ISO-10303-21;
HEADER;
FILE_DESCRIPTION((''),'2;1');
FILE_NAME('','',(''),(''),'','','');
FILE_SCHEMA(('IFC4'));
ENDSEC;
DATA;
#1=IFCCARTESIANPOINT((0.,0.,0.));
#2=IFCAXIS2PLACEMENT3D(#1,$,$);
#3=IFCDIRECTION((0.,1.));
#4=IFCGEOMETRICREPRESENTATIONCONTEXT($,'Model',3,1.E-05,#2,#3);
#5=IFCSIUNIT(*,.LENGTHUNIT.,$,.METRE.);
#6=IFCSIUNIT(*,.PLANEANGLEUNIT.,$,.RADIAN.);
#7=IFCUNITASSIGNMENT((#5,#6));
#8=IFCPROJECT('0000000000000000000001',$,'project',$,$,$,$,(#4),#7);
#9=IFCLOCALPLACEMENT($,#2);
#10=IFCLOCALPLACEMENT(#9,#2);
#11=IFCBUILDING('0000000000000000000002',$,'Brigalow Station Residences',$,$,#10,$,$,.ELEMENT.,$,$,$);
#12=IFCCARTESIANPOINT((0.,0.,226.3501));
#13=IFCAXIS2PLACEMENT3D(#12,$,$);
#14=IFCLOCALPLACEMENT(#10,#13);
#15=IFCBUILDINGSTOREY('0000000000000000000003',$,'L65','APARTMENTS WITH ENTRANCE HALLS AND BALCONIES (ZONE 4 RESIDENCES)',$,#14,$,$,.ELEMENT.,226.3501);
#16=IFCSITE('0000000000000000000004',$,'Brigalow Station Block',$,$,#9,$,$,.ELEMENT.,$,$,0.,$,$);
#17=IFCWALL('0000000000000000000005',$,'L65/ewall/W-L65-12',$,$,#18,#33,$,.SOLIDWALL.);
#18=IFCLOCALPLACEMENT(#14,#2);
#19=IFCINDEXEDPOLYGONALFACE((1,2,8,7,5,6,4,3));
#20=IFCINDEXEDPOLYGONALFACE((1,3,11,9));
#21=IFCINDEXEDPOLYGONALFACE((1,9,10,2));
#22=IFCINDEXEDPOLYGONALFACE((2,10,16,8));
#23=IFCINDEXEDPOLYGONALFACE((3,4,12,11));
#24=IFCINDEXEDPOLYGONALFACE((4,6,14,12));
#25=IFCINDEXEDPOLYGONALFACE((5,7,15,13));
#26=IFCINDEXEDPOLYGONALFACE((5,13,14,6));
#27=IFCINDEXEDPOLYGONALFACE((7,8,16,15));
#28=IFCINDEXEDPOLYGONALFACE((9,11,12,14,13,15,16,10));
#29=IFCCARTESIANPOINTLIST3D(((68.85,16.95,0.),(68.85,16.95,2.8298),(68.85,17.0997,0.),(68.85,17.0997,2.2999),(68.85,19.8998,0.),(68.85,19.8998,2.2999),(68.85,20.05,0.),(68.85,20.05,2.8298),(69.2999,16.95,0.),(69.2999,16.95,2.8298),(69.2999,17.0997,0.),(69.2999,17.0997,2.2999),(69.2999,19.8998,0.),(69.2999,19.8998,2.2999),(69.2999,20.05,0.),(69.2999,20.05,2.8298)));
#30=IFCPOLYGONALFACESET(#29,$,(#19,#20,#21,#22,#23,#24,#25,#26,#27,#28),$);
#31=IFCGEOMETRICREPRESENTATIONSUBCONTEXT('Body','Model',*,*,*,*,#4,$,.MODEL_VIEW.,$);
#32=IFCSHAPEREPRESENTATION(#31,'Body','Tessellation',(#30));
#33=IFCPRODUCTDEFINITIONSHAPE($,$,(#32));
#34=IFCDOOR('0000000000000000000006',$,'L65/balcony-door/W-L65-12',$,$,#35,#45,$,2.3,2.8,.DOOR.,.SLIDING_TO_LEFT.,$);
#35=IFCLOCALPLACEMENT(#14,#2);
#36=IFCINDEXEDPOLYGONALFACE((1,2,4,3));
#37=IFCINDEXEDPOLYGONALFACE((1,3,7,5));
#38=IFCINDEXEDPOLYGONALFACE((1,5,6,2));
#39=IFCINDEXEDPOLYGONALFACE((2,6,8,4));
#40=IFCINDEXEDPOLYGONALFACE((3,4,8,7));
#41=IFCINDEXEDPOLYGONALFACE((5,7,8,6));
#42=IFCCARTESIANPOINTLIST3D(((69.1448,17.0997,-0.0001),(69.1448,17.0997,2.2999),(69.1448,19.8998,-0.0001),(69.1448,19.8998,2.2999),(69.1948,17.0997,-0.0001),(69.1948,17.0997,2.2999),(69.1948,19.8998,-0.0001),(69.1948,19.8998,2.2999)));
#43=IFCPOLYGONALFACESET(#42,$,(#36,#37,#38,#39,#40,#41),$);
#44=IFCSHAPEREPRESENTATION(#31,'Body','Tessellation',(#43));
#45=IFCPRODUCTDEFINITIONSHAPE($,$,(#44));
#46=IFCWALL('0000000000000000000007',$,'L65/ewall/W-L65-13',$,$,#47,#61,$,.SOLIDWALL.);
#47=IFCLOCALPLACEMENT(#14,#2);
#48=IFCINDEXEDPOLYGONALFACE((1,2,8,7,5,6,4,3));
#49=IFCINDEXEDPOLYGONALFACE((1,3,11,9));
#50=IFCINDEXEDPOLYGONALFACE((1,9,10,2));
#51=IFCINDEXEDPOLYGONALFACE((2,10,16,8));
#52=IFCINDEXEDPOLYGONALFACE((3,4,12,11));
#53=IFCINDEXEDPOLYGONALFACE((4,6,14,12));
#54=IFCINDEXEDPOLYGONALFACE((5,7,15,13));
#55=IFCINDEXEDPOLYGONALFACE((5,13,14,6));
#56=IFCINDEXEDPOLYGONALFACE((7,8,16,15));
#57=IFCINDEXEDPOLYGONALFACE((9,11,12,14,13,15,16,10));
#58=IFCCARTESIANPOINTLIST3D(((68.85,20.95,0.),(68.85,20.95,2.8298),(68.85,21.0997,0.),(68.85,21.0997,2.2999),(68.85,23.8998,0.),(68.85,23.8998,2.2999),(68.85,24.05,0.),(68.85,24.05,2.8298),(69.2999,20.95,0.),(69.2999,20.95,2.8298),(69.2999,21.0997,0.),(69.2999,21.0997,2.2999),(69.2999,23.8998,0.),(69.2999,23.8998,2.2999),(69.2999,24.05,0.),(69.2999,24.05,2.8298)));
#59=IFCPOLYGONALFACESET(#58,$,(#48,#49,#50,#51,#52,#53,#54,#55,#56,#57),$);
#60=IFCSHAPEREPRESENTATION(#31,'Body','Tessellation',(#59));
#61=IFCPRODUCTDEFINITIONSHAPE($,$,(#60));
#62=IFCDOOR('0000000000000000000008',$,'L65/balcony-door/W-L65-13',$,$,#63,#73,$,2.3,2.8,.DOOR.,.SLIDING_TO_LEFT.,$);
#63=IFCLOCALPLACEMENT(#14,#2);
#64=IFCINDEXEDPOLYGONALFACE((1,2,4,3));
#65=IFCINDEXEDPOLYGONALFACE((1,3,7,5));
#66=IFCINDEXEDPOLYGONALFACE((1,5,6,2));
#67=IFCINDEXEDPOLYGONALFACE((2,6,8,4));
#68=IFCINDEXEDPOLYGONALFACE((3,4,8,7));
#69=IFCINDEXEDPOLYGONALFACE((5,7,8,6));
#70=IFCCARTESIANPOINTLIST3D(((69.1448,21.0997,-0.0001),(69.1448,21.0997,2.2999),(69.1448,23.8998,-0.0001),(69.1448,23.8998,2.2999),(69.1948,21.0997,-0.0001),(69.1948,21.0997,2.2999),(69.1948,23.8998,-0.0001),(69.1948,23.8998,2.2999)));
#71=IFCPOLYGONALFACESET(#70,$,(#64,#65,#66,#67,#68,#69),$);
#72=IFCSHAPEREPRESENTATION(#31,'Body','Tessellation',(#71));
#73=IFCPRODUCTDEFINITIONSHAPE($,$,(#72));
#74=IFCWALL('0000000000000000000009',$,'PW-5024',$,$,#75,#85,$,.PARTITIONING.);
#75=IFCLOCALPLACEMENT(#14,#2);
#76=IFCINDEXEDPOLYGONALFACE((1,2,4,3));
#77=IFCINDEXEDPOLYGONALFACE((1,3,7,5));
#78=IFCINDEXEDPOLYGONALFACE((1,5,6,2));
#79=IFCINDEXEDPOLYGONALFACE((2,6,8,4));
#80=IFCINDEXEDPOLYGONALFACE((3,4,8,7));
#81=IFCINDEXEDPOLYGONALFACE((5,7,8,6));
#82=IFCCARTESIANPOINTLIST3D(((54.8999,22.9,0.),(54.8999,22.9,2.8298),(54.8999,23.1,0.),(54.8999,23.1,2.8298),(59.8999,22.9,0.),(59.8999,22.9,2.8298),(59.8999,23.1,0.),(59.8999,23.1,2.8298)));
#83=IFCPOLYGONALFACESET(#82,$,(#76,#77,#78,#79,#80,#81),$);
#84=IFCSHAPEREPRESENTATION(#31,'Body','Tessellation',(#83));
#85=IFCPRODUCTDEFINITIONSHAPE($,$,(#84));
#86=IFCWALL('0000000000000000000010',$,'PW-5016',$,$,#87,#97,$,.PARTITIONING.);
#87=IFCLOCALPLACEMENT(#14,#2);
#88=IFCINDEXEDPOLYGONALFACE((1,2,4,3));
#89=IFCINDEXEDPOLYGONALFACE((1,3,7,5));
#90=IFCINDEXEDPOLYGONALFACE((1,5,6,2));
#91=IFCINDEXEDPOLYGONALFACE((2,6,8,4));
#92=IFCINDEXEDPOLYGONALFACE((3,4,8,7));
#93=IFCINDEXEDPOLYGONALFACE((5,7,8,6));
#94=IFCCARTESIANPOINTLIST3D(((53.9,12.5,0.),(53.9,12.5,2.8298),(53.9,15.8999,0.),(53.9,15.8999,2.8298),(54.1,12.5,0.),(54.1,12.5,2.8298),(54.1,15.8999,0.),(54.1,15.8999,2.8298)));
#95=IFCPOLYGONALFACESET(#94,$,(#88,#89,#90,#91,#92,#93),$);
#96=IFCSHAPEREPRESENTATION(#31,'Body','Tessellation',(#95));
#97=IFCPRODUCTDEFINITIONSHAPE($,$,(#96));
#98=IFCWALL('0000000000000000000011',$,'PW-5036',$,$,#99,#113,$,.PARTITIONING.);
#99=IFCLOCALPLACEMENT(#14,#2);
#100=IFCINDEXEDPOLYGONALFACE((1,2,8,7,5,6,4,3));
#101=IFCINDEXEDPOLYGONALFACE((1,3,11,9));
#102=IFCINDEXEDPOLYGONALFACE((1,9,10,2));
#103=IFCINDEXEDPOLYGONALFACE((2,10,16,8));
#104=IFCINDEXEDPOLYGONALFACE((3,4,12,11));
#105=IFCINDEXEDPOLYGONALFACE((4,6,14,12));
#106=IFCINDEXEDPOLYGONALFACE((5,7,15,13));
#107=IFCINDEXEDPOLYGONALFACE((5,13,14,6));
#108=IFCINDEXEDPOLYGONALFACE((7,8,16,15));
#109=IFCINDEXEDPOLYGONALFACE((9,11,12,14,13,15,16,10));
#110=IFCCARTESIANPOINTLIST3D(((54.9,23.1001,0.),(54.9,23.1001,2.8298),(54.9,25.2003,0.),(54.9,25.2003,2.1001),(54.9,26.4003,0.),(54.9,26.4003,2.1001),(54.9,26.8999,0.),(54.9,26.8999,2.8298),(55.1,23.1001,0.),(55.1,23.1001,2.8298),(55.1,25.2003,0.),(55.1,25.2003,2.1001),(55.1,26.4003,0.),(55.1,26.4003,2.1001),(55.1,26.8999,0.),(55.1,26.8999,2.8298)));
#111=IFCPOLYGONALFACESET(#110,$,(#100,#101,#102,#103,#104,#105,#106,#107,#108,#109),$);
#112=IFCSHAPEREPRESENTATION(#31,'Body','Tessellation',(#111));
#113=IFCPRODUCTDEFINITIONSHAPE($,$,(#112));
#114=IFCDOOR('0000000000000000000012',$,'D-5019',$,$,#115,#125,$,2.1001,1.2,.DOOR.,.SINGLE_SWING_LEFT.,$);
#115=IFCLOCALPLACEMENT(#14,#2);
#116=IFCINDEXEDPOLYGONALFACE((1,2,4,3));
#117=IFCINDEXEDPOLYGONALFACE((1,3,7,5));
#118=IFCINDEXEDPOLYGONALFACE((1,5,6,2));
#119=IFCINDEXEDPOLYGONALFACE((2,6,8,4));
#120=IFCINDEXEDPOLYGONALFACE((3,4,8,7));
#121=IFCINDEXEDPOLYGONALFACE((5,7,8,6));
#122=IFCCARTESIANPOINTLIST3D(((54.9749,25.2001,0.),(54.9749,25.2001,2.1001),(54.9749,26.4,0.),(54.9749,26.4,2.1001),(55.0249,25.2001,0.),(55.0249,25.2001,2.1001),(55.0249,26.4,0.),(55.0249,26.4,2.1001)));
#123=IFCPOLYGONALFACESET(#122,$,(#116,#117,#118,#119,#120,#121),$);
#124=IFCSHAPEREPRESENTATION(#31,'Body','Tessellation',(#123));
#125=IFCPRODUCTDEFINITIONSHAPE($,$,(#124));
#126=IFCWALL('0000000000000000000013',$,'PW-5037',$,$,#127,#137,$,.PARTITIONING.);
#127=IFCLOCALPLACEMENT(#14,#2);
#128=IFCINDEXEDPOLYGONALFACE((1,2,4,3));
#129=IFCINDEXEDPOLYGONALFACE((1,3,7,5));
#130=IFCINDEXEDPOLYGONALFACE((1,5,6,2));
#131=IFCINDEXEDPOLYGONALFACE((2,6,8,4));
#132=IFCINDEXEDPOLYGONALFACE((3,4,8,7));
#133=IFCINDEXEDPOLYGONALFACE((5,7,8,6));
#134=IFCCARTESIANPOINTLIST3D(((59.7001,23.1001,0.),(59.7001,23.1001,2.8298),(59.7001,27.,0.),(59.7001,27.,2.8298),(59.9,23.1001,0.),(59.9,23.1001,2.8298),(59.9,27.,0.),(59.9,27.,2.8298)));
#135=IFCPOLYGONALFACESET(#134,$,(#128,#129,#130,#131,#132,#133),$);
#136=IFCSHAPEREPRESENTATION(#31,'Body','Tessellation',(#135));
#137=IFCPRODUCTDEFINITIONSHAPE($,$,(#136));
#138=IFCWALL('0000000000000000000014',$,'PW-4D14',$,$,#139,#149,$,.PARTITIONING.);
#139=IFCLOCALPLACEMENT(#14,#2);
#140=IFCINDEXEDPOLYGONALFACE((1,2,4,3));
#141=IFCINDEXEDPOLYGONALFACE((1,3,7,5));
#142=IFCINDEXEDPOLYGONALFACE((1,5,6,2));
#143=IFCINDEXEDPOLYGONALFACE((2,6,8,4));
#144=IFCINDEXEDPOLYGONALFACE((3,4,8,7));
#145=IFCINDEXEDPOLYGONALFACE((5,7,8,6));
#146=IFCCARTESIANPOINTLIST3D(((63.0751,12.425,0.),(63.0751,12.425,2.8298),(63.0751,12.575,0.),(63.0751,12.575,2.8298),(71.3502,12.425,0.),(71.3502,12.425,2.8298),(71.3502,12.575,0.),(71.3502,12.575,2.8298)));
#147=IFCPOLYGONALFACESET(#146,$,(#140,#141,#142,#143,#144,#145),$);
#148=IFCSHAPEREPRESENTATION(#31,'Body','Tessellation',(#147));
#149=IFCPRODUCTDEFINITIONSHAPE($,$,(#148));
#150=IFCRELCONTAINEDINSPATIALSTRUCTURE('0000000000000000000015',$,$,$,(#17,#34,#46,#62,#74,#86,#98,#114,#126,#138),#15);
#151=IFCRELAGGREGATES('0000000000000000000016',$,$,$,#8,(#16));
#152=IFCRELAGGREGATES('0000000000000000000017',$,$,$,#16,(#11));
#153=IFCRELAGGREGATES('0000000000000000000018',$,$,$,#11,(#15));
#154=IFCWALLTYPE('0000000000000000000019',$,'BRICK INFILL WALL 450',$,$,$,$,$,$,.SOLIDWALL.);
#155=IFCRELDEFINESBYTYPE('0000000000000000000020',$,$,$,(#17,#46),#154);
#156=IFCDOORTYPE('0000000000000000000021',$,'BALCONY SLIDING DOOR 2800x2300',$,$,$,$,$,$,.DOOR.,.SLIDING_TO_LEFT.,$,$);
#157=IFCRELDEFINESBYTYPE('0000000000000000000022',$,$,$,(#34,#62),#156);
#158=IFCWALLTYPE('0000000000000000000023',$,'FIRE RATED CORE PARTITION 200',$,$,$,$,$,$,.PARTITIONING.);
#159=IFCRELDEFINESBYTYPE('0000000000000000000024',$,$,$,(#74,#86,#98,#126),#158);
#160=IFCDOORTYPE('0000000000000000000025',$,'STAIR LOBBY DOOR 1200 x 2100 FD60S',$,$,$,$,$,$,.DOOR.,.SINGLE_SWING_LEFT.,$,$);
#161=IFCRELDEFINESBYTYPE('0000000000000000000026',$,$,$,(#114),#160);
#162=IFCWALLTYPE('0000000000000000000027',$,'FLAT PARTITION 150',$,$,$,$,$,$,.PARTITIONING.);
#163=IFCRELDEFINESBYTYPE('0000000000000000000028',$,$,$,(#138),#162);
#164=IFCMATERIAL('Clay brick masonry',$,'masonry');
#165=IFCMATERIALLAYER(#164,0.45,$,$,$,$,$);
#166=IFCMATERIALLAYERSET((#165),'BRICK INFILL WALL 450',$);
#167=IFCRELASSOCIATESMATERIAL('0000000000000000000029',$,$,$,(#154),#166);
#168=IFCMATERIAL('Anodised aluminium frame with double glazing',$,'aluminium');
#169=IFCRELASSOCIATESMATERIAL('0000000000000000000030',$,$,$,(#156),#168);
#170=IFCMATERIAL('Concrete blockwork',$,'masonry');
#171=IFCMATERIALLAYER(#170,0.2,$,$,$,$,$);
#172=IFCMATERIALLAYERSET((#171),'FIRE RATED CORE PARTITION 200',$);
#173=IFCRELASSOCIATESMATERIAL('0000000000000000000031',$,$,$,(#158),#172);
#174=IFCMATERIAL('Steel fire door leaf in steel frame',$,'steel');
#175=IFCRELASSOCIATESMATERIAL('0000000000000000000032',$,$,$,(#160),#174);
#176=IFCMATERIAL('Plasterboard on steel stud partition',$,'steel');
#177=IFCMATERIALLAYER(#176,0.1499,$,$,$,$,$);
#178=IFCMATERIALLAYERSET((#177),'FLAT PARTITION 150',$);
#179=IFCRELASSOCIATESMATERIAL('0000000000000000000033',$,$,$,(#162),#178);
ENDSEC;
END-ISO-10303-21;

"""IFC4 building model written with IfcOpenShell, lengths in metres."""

from ifc_helpers import new_model, si_unit, direction, frame, frame_2d, origin, place, context, subcontext, project, spatial, rectangle, extrude, material, layer, layer_set, type_object, element, fill, save


model = new_model("IFC4")

# Units and contexts
model_context = context("Model", 3, precision=1e-05, world=origin(), true_north=direction((0.0, 1.0)))
body_context = subcontext(model_context, "Body", "Model", "MODEL_VIEW")
ifc_project = project(units=[si_unit("LENGTHUNIT", "METRE"), si_unit("PLANEANGLEUNIT", "RADIAN")], contexts=[model_context])

# Site, building, storey
site_placement = place(None, origin())
site = spatial("IfcSite", under=ifc_project, at=site_placement, Name="Brigalow Station Block", CompositionType="ELEMENT", RefElevation=0.0)
building_placement = place(site_placement, origin())
building = spatial("IfcBuilding", under=site, at=building_placement, Name="Brigalow Station Residences", CompositionType="ELEMENT")
storey_placement = place(building_placement, frame((0.0, 0.0, 226.3501)))
storey = spatial("IfcBuildingStorey", under=building, at=storey_placement, Name="L65", Description="APARTMENTS WITH ENTRANCE HALLS AND BALCONIES (ZONE 4 RESIDENCES)", CompositionType="ELEMENT", Elevation=226.3501)

# Shared definitions
ifc_material_1 = material(Name="Clay brick masonry", Category="masonry")
ifc_layer_1 = layer(ifc_material_1, 0.45)
ifc_layer_set_1 = layer_set([ifc_layer_1], Name="BRICK INFILL WALL 450")
wall_type_1 = type_object("IfcWallType", Name="BRICK INFILL WALL 450", PredefinedType="SOLIDWALL", material=ifc_layer_set_1)

# Walls, openings, doors
wall_1_placement = place(storey_placement, frame((69.075, 16.95, 0.0), z_axis=(0.0, 0.0, 1.0), x_axis=(0.0, 1.0, 0.0)))
wall_1 = element("IfcWall", 1, at=wall_1_placement, inside=storey, type_object=wall_type_1, Name="L65/ewall/W-L65-12", PredefinedType="SOLIDWALL", context=body_context, shape_type="SweptSolid", body=[
    extrude(rectangle(XDim=3.1001, YDim=0.45, at=frame_2d((1.55, 0.0))), origin(), (0.0, 0.0, 1.0), 2.8298),
])
opening_1_placement = place(wall_1_placement, frame((0.1499, 0.0, 0.0)))
opening_1 = element("IfcOpeningElement", 2, at=opening_1_placement, cuts=wall_1, PredefinedType="OPENING", context=body_context, shape_type="SweptSolid", body=[
    extrude(rectangle(XDim=2.8, YDim=2.3, at=frame_2d((1.3999, 1.1499))), frame((0.0, 0.2349, 0.0), z_axis=(0.0, -1.0, 0.0), x_axis=(1.0, 0.0, 0.0)), (0.0, 0.0, 1.0), 0.47),
])
ifc_material_2 = material(Name="Anodised aluminium frame with double glazing", Category="aluminium")
door_type_1 = type_object("IfcDoorType", Name="BALCONY SLIDING DOOR 2800x2300", OperationType="SLIDING_TO_LEFT", PredefinedType="DOOR", material=ifc_material_2)
door_1_placement = place(opening_1_placement, origin())
door_1 = element("IfcDoor", 3, at=door_1_placement, inside=storey, type_object=door_type_1, Name="L65/balcony-door/W-L65-12", OperationType="SLIDING_TO_LEFT", OverallHeight=2.3, OverallWidth=2.8, PredefinedType="DOOR", context=body_context, shape_type="SweptSolid", body=[
    extrude(rectangle(XDim=2.8, YDim=2.3, at=frame_2d((1.3999, 1.1499))), frame((0.0, -0.0698, 0.0), z_axis=(0.0, -1.0, 0.0), x_axis=(1.0, 0.0, 0.0)), (0.0, 0.0, 1.0), 0.05),
])
fill(opening_1, door_1)
wall_2_placement = place(storey_placement, frame((69.075, 20.95, 0.0), z_axis=(0.0, 0.0, 1.0), x_axis=(0.0, 1.0, 0.0)))
wall_2 = element("IfcWall", 4, at=wall_2_placement, inside=storey, type_object=wall_type_1, Name="L65/ewall/W-L65-13", PredefinedType="SOLIDWALL", context=body_context, shape_type="SweptSolid", body=[
    extrude(rectangle(XDim=3.1001, YDim=0.45, at=frame_2d((1.55, 0.0))), origin(), (0.0, 0.0, 1.0), 2.8298),
])
opening_2_placement = place(wall_2_placement, frame((0.1499, 0.0, 0.0)))
opening_2 = element("IfcOpeningElement", 5, at=opening_2_placement, cuts=wall_2, PredefinedType="OPENING", context=body_context, shape_type="SweptSolid", body=[
    extrude(rectangle(XDim=2.8, YDim=2.3, at=frame_2d((1.3999, 1.1499))), frame((0.0, 0.2349, 0.0), z_axis=(0.0, -1.0, 0.0), x_axis=(1.0, 0.0, 0.0)), (0.0, 0.0, 1.0), 0.47),
])
door_2_placement = place(opening_2_placement, origin())
door_2 = element("IfcDoor", 6, at=door_2_placement, inside=storey, type_object=door_type_1, Name="L65/balcony-door/W-L65-13", OperationType="SLIDING_TO_LEFT", OverallHeight=2.3, OverallWidth=2.8, PredefinedType="DOOR", context=body_context, shape_type="SweptSolid", body=[
    extrude(rectangle(XDim=2.8, YDim=2.3, at=frame_2d((1.3999, 1.1499))), frame((0.0, -0.0698, 0.0), z_axis=(0.0, -1.0, 0.0), x_axis=(1.0, 0.0, 0.0)), (0.0, 0.0, 1.0), 0.05),
])
fill(opening_2, door_2)

# Walls
ifc_material_3 = material(Name="Concrete blockwork", Category="masonry")
ifc_layer_2 = layer(ifc_material_3, 0.2)
ifc_layer_set_2 = layer_set([ifc_layer_2], Name="FIRE RATED CORE PARTITION 200")
wall_type_2 = type_object("IfcWallType", Name="FIRE RATED CORE PARTITION 200", PredefinedType="PARTITIONING", material=ifc_layer_set_2)
wall_3_placement = place(storey_placement, frame((54.8999, 23.0, 0.0), z_axis=(0.0, 0.0, 1.0), x_axis=(1.0, 0.0, 0.0)))
element("IfcWall", 7, at=wall_3_placement, inside=storey, type_object=wall_type_2, Name="PW-5024", PredefinedType="PARTITIONING", context=body_context, shape_type="SweptSolid", body=[
    extrude(rectangle(XDim=5.0, YDim=0.2, at=frame_2d((2.5, 0.0))), origin(), (0.0, 0.0, 1.0), 2.8298),
])
wall_4_placement = place(storey_placement, frame((54.0, 12.5, 0.0), z_axis=(0.0, 0.0, 1.0), x_axis=(0.0, 1.0, 0.0)))
element("IfcWall", 8, at=wall_4_placement, inside=storey, type_object=wall_type_2, Name="PW-5016", PredefinedType="PARTITIONING", context=body_context, shape_type="SweptSolid", body=[
    extrude(rectangle(XDim=3.3999, YDim=0.2, at=frame_2d((1.7, 0.0))), origin(), (0.0, 0.0, 1.0), 2.8298),
])

# Wall, opening, door
wall_5_placement = place(storey_placement, frame((55.0, 23.1001, 0.0), z_axis=(0.0, 0.0, 1.0), x_axis=(0.0, 1.0, 0.0)))
wall_5 = element("IfcWall", 9, at=wall_5_placement, inside=storey, type_object=wall_type_2, Name="PW-5036", PredefinedType="PARTITIONING", context=body_context, shape_type="SweptSolid", body=[
    extrude(rectangle(XDim=3.7998, YDim=0.2, at=frame_2d((1.8999, 0.0))), origin(), (0.0, 0.0, 1.0), 2.8298),
])
opening_3_placement = place(wall_5_placement, frame((2.1001, 0.0, 0.0)))
opening_3 = element("IfcOpeningElement", 10, at=opening_3_placement, cuts=wall_5, PredefinedType="OPENING", context=body_context, shape_type="SweptSolid", body=[
    extrude(rectangle(XDim=1.2, YDim=2.1001, at=frame_2d((0.6001, 1.05))), frame((0.0, 0.1099, 0.0), z_axis=(0.0, -1.0, 0.0), x_axis=(1.0, 0.0, 0.0)), (0.0, 0.0, 1.0), 0.22),
])
ifc_material_4 = material(Name="Steel fire door leaf in steel frame", Category="steel")
door_type_2 = type_object("IfcDoorType", Name="STAIR LOBBY DOOR 1200 x 2100 FD60S", OperationType="SINGLE_SWING_LEFT", PredefinedType="DOOR", material=ifc_material_4)
door_3_placement = place(opening_3_placement, frame((1.2, 0.0, 0.0), z_axis=(0.0, 0.0, 1.0), x_axis=(-1.0, 0.0, 0.0)))
door_3 = element("IfcDoor", 11, at=door_3_placement, inside=storey, type_object=door_type_2, Name="D-5019", OperationType="SINGLE_SWING_LEFT", OverallHeight=2.1001, OverallWidth=1.2, PredefinedType="DOOR", context=body_context, shape_type="SweptSolid", body=[
    extrude(rectangle(XDim=1.2, YDim=2.1001, at=frame_2d((0.6001, 1.05))), frame((0.0, 0.0249, 0.0), z_axis=(0.0, -1.0, 0.0), x_axis=(1.0, 0.0, 0.0)), (0.0, 0.0, 1.0), 0.05),
])
fill(opening_3, door_3)

# Walls
wall_6_placement = place(storey_placement, frame((59.8, 23.1001, 0.0), z_axis=(0.0, 0.0, 1.0), x_axis=(0.0, 1.0, 0.0)))
element("IfcWall", 12, at=wall_6_placement, inside=storey, type_object=wall_type_2, Name="PW-5037", PredefinedType="PARTITIONING", context=body_context, shape_type="SweptSolid", body=[
    extrude(rectangle(XDim=3.8999, YDim=0.2, at=frame_2d((1.95, 0.0))), origin(), (0.0, 0.0, 1.0), 2.8298),
])
ifc_material_5 = material(Name="Plasterboard on steel stud partition", Category="steel")
ifc_layer_3 = layer(ifc_material_5, 0.1499)
ifc_layer_set_3 = layer_set([ifc_layer_3], Name="FLAT PARTITION 150")
wall_type_3 = type_object("IfcWallType", Name="FLAT PARTITION 150", PredefinedType="PARTITIONING", material=ifc_layer_set_3)
wall_7_placement = place(storey_placement, frame((63.075, 12.5, 0.0), z_axis=(0.0, 0.0, 1.0), x_axis=(1.0, 0.0, 0.0)))
element("IfcWall", 13, at=wall_7_placement, inside=storey, type_object=wall_type_3, Name="PW-4D14", PredefinedType="PARTITIONING", context=body_context, shape_type="SweptSolid", body=[
    extrude(rectangle(XDim=8.2751, YDim=0.1499, at=frame_2d((4.1377, 0.0))), origin(), (0.0, 0.0, 1.0), 2.8298),
])

save(model, "model.ifc")
